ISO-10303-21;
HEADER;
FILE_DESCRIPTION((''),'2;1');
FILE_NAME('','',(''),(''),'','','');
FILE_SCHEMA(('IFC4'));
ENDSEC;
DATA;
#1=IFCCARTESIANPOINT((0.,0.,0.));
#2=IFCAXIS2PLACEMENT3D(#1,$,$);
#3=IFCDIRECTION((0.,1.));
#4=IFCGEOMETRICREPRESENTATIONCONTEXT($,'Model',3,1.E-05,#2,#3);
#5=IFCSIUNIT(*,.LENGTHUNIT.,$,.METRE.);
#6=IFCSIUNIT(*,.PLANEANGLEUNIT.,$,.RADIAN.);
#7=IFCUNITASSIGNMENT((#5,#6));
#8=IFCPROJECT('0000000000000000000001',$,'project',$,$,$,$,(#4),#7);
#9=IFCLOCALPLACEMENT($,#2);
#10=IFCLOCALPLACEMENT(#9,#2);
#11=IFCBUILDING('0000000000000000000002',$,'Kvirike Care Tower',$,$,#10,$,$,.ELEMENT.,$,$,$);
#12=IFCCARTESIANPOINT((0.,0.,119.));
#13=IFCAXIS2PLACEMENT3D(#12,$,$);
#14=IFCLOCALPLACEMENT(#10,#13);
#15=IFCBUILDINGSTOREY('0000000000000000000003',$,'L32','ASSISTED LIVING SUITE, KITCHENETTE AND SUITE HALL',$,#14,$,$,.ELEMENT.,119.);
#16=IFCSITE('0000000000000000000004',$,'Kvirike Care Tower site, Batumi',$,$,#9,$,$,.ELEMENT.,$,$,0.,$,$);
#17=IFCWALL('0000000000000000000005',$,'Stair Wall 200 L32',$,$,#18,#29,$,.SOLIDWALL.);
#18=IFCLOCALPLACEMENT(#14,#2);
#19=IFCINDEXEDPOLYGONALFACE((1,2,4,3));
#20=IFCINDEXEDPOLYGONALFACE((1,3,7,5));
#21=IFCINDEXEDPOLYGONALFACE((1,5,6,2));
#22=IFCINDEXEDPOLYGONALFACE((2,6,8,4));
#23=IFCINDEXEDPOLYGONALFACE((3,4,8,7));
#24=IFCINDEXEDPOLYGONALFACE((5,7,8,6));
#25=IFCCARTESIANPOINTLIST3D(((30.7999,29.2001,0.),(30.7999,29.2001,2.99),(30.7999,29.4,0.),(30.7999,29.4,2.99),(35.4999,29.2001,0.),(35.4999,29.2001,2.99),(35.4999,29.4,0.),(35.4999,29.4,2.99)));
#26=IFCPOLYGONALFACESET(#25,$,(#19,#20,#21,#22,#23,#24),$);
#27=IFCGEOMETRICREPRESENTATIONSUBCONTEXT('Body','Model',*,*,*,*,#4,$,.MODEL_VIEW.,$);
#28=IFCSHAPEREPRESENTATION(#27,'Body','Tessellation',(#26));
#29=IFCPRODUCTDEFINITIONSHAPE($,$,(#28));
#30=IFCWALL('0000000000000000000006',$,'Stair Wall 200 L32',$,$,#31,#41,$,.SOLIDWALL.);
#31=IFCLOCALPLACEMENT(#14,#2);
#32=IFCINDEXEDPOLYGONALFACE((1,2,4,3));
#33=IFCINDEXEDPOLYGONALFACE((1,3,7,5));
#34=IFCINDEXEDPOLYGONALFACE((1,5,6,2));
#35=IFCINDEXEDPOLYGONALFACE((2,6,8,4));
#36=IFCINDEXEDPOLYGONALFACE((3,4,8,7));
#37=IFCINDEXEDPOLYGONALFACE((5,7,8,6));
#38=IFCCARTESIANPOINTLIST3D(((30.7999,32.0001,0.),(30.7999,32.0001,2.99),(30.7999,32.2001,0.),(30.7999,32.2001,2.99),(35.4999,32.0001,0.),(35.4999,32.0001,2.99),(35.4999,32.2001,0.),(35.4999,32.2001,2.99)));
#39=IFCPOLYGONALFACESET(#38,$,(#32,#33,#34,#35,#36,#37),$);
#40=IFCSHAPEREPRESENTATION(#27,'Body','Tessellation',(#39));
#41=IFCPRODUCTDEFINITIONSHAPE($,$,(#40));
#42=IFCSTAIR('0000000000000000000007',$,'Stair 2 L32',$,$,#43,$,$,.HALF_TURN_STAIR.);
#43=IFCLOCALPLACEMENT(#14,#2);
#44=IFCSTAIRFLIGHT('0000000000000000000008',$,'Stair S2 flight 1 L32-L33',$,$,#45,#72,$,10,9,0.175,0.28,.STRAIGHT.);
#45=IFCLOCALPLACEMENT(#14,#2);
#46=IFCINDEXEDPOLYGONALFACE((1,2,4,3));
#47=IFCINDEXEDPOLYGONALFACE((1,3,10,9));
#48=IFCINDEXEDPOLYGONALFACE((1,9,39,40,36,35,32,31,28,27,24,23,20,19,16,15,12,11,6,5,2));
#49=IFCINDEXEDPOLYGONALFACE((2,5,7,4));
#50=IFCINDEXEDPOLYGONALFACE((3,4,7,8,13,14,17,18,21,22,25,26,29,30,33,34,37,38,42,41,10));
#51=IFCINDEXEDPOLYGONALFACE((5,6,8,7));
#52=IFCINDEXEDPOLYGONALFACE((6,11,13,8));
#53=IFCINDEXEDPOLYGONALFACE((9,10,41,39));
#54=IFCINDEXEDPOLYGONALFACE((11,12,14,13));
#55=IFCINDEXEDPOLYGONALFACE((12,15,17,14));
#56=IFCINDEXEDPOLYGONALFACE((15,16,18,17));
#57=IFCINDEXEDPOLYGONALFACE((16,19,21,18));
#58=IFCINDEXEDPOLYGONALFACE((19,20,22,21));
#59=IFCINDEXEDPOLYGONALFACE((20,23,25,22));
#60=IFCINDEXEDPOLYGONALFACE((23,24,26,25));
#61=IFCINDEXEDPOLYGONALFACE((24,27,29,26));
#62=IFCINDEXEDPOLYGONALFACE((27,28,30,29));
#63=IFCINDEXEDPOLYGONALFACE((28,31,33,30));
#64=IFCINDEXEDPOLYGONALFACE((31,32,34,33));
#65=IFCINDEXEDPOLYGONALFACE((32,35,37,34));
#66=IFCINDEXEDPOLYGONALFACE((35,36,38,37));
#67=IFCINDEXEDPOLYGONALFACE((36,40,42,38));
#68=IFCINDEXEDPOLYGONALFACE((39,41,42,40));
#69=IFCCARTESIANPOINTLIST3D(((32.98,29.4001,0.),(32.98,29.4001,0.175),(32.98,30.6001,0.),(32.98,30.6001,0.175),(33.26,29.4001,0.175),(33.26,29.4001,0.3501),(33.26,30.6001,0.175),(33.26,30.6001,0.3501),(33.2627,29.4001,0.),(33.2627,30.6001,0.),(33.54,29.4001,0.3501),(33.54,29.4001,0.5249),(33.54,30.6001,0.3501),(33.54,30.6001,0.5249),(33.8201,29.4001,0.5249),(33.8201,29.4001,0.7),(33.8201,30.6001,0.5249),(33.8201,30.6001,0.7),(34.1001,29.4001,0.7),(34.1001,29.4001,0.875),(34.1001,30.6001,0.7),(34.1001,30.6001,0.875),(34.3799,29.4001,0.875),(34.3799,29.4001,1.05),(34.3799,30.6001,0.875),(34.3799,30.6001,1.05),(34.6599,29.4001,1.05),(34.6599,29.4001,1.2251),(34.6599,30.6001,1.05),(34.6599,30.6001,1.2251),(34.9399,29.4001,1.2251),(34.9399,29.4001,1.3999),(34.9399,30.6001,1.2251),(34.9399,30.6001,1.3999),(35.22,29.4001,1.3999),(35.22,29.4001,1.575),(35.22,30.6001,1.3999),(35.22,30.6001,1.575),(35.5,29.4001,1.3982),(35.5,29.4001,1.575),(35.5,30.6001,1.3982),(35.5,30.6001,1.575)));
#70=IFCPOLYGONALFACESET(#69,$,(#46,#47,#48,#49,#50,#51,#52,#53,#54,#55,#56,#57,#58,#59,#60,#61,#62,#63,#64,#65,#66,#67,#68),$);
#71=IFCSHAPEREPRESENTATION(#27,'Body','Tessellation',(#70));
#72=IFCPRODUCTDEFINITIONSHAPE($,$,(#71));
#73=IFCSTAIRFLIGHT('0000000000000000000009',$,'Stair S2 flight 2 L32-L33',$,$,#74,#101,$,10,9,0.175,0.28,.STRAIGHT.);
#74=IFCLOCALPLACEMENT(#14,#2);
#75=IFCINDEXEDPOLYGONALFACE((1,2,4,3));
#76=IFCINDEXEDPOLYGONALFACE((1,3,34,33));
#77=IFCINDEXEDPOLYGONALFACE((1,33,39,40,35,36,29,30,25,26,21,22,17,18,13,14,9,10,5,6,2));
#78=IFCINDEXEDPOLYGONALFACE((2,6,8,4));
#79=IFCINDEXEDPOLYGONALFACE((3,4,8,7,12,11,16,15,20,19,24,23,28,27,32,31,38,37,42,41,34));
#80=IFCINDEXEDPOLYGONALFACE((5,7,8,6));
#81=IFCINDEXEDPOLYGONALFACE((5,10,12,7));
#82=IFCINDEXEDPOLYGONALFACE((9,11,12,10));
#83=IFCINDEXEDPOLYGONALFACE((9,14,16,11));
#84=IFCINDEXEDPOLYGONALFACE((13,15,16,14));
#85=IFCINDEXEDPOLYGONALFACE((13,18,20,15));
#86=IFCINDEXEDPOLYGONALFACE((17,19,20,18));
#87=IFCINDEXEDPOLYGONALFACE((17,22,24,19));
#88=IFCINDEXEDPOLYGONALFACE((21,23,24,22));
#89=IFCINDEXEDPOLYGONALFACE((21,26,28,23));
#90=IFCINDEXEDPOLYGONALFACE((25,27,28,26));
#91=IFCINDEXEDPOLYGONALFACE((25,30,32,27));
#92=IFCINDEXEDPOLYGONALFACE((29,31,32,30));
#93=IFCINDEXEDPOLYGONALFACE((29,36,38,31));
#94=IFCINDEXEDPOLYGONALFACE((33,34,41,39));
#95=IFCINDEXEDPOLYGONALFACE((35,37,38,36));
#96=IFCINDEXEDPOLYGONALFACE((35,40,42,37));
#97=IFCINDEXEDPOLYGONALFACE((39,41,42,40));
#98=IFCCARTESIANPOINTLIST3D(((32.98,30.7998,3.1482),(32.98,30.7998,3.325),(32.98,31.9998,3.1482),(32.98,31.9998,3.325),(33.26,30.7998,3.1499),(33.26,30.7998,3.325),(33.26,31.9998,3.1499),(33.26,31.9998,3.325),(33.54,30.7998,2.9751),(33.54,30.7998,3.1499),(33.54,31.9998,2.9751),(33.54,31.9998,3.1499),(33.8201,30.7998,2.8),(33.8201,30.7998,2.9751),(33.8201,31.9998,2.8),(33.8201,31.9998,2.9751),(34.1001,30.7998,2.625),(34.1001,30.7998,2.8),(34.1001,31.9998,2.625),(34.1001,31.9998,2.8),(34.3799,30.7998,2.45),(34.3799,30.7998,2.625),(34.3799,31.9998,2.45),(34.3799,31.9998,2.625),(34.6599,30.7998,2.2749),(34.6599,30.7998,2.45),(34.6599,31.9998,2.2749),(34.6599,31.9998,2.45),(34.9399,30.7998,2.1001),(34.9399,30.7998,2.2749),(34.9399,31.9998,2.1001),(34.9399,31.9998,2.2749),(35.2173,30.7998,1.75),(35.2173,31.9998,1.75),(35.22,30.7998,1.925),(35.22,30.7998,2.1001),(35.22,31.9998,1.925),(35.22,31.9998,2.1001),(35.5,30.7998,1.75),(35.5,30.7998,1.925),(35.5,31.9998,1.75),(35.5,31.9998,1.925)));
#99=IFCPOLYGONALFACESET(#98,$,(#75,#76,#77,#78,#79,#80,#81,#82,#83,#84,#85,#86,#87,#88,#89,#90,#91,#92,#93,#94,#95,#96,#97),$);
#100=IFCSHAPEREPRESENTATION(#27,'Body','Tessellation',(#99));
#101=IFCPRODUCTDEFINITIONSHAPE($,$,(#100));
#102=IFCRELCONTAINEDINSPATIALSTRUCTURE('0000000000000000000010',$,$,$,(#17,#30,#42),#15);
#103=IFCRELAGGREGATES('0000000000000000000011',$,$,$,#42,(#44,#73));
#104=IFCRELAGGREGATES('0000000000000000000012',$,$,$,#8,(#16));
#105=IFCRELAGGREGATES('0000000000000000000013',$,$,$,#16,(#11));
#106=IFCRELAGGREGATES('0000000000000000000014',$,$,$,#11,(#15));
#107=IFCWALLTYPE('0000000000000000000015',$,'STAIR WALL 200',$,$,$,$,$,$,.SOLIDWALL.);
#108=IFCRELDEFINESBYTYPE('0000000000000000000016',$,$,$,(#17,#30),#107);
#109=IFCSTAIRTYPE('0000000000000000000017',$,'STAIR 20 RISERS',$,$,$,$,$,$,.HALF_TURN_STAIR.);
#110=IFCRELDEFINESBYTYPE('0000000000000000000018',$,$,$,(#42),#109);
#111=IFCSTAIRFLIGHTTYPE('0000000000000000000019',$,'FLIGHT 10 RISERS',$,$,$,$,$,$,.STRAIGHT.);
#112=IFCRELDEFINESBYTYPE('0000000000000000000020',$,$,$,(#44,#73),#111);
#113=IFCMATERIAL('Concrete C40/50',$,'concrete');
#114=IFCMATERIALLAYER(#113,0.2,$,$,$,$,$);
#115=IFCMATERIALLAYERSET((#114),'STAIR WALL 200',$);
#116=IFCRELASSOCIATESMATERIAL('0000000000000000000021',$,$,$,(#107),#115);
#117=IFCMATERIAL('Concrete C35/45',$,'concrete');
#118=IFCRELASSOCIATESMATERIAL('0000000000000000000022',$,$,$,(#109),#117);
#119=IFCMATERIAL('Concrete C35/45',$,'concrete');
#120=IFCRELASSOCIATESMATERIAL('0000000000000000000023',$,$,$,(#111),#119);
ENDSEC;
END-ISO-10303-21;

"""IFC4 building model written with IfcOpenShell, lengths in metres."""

from ifc_helpers import new_model, si_unit, direction, frame, frame_2d, origin, place, context, subcontext, project, spatial, polyline, rectangle, outline, extrude, material, layer, layer_set, type_object, element, aggregate, save


model = new_model("IFC4")

# Units and contexts
model_context = context("Model", 3, precision=1e-05, world=origin(), true_north=direction((0.0, 1.0)))
body_context = subcontext(model_context, "Body", "Model", "MODEL_VIEW")
ifc_project = project(units=[si_unit("LENGTHUNIT", "METRE"), si_unit("PLANEANGLEUNIT", "RADIAN")], contexts=[model_context])

# Site, building, storey
site_placement = place(None, origin())
site = spatial("IfcSite", under=ifc_project, at=site_placement, Name="Kvirike Care Tower site, Batumi", CompositionType="ELEMENT", RefElevation=0.0)
building_placement = place(site_placement, origin())
building = spatial("IfcBuilding", under=site, at=building_placement, Name="Kvirike Care Tower", CompositionType="ELEMENT")
storey_placement = place(building_placement, frame((0.0, 0.0, 119.0)))
storey = spatial("IfcBuildingStorey", under=building, at=storey_placement, Name="L32", Description="ASSISTED LIVING SUITE, KITCHENETTE AND SUITE HALL", CompositionType="ELEMENT", Elevation=119.0)

# Walls
ifc_material_1 = material(Name="Concrete C40/50", Category="concrete")
ifc_layer_1 = layer(ifc_material_1, 0.2)
ifc_layer_set_1 = layer_set([ifc_layer_1], Name="STAIR WALL 200")
wall_type_1 = type_object("IfcWallType", Name="STAIR WALL 200", PredefinedType="SOLIDWALL", material=ifc_layer_set_1)
for number, where, z_axis, x_axis, name in (
    (1, (35.5, 29.3, 0.0), (0.0, 0.0, 1.0), (-1.0, 0.0, 0.0), "Stair Wall 200 L32"),
    (2, (35.5, 32.1001, 0.0), (0.0, 0.0, 1.0), (-1.0, 0.0, 0.0), "Stair Wall 200 L32"),
):
    element("IfcWall", number, at=place(storey_placement, frame(where, z_axis=z_axis, x_axis=x_axis)), inside=storey, type_object=wall_type_1, Name=name, PredefinedType="SOLIDWALL", context=body_context, shape_type="SweptSolid", body=[
        extrude(rectangle(XDim=4.7, YDim=0.2, at=frame_2d((2.3501, 0.0))), origin(), (0.0, 0.0, 1.0), 2.99),
    ])

# Stair, stair flights
ifc_material_2 = material(Name="Concrete C35/45", Category="concrete")
stair_type = type_object("IfcStairType", Name="STAIR 20 RISERS", PredefinedType="HALF_TURN_STAIR", material=ifc_material_2)
stair_placement = place(storey_placement, origin())
stair = element("IfcStair", 3, at=stair_placement, inside=storey, type_object=stair_type, Name="Stair 2 L32", PredefinedType="HALF_TURN_STAIR")
ifc_material_3 = material(Name="Concrete C35/45", Category="concrete")
stair_flight_type = type_object("IfcStairFlightType", Name="FLIGHT 10 RISERS", PredefinedType="STRAIGHT", material=ifc_material_3)
stair_flight_1_placement = place(storey_placement, frame((32.98, 30.0, 0.0), z_axis=(0.0, 0.0, 1.0), x_axis=(1.0, 0.0, 0.0)))
stair_flight_1 = element("IfcStairFlight", 4, at=stair_flight_1_placement, type_object=stair_flight_type, Name="Stair S2 flight 1 L32-L33", NumberOfRisers=10, NumberOfTreads=9, PredefinedType="STRAIGHT", RiserHeight=0.175, TreadLength=0.28, context=body_context, shape_type="SweptSolid", body=[
    extrude(outline(polyline([(0.0, 0.0), (0.0, 0.175), (0.28, 0.175), (0.28, 0.3501), (0.5601, 0.3501), (0.5601, 0.5249), (0.8401, 0.5249), (0.8401, 0.7), (1.1201, 0.7), (1.1201, 0.875), (1.3999, 0.875), (1.3999, 1.05), (1.6799, 1.05), (1.6799, 1.2251), (1.96, 1.2251), (1.96, 1.3999), (2.24, 1.3999), (2.24, 1.575), (2.52, 1.575), (2.52, 1.75), (2.52, 1.3982), (0.2827, 0.0), (0.0, 0.0)])), frame((0.0, 0.6001, 0.0), z_axis=(0.0, -1.0, 0.0), x_axis=(1.0, 0.0, 0.0)), (0.0, 0.0, 1.0), 1.2),
])
stair_flight_2_placement = place(storey_placement, frame((35.5, 31.3999, 1.75), z_axis=(0.0, 0.0, 1.0), x_axis=(-1.0, 0.0, 0.0)))
stair_flight_2 = element("IfcStairFlight", 5, at=stair_flight_2_placement, type_object=stair_flight_type, Name="Stair S2 flight 2 L32-L33", NumberOfRisers=10, NumberOfTreads=9, PredefinedType="STRAIGHT", RiserHeight=0.175, TreadLength=0.28, context=body_context, shape_type="SweptSolid", body=[
    extrude(outline(polyline([(0.0, 0.0), (0.0, 0.175), (0.28, 0.175), (0.28, 0.3501), (0.5601, 0.3501), (0.5601, 0.5249), (0.8401, 0.5249), (0.8401, 0.7), (1.1201, 0.7), (1.1201, 0.875), (1.3999, 0.875), (1.3999, 1.05), (1.6799, 1.05), (1.6799, 1.2251), (1.96, 1.2251), (1.96, 1.3999), (2.24, 1.3999), (2.24, 1.575), (2.52, 1.575), (2.52, 1.75), (2.52, 1.3982), (0.2827, 0.0), (0.0, 0.0)])), frame((0.0, 0.6001, 0.0), z_axis=(0.0, -1.0, 0.0), x_axis=(1.0, 0.0, 0.0)), (0.0, 0.0, 1.0), 1.2),
])
aggregate(stair, [stair_flight_1, stair_flight_2])

save(model, "model.ifc")
